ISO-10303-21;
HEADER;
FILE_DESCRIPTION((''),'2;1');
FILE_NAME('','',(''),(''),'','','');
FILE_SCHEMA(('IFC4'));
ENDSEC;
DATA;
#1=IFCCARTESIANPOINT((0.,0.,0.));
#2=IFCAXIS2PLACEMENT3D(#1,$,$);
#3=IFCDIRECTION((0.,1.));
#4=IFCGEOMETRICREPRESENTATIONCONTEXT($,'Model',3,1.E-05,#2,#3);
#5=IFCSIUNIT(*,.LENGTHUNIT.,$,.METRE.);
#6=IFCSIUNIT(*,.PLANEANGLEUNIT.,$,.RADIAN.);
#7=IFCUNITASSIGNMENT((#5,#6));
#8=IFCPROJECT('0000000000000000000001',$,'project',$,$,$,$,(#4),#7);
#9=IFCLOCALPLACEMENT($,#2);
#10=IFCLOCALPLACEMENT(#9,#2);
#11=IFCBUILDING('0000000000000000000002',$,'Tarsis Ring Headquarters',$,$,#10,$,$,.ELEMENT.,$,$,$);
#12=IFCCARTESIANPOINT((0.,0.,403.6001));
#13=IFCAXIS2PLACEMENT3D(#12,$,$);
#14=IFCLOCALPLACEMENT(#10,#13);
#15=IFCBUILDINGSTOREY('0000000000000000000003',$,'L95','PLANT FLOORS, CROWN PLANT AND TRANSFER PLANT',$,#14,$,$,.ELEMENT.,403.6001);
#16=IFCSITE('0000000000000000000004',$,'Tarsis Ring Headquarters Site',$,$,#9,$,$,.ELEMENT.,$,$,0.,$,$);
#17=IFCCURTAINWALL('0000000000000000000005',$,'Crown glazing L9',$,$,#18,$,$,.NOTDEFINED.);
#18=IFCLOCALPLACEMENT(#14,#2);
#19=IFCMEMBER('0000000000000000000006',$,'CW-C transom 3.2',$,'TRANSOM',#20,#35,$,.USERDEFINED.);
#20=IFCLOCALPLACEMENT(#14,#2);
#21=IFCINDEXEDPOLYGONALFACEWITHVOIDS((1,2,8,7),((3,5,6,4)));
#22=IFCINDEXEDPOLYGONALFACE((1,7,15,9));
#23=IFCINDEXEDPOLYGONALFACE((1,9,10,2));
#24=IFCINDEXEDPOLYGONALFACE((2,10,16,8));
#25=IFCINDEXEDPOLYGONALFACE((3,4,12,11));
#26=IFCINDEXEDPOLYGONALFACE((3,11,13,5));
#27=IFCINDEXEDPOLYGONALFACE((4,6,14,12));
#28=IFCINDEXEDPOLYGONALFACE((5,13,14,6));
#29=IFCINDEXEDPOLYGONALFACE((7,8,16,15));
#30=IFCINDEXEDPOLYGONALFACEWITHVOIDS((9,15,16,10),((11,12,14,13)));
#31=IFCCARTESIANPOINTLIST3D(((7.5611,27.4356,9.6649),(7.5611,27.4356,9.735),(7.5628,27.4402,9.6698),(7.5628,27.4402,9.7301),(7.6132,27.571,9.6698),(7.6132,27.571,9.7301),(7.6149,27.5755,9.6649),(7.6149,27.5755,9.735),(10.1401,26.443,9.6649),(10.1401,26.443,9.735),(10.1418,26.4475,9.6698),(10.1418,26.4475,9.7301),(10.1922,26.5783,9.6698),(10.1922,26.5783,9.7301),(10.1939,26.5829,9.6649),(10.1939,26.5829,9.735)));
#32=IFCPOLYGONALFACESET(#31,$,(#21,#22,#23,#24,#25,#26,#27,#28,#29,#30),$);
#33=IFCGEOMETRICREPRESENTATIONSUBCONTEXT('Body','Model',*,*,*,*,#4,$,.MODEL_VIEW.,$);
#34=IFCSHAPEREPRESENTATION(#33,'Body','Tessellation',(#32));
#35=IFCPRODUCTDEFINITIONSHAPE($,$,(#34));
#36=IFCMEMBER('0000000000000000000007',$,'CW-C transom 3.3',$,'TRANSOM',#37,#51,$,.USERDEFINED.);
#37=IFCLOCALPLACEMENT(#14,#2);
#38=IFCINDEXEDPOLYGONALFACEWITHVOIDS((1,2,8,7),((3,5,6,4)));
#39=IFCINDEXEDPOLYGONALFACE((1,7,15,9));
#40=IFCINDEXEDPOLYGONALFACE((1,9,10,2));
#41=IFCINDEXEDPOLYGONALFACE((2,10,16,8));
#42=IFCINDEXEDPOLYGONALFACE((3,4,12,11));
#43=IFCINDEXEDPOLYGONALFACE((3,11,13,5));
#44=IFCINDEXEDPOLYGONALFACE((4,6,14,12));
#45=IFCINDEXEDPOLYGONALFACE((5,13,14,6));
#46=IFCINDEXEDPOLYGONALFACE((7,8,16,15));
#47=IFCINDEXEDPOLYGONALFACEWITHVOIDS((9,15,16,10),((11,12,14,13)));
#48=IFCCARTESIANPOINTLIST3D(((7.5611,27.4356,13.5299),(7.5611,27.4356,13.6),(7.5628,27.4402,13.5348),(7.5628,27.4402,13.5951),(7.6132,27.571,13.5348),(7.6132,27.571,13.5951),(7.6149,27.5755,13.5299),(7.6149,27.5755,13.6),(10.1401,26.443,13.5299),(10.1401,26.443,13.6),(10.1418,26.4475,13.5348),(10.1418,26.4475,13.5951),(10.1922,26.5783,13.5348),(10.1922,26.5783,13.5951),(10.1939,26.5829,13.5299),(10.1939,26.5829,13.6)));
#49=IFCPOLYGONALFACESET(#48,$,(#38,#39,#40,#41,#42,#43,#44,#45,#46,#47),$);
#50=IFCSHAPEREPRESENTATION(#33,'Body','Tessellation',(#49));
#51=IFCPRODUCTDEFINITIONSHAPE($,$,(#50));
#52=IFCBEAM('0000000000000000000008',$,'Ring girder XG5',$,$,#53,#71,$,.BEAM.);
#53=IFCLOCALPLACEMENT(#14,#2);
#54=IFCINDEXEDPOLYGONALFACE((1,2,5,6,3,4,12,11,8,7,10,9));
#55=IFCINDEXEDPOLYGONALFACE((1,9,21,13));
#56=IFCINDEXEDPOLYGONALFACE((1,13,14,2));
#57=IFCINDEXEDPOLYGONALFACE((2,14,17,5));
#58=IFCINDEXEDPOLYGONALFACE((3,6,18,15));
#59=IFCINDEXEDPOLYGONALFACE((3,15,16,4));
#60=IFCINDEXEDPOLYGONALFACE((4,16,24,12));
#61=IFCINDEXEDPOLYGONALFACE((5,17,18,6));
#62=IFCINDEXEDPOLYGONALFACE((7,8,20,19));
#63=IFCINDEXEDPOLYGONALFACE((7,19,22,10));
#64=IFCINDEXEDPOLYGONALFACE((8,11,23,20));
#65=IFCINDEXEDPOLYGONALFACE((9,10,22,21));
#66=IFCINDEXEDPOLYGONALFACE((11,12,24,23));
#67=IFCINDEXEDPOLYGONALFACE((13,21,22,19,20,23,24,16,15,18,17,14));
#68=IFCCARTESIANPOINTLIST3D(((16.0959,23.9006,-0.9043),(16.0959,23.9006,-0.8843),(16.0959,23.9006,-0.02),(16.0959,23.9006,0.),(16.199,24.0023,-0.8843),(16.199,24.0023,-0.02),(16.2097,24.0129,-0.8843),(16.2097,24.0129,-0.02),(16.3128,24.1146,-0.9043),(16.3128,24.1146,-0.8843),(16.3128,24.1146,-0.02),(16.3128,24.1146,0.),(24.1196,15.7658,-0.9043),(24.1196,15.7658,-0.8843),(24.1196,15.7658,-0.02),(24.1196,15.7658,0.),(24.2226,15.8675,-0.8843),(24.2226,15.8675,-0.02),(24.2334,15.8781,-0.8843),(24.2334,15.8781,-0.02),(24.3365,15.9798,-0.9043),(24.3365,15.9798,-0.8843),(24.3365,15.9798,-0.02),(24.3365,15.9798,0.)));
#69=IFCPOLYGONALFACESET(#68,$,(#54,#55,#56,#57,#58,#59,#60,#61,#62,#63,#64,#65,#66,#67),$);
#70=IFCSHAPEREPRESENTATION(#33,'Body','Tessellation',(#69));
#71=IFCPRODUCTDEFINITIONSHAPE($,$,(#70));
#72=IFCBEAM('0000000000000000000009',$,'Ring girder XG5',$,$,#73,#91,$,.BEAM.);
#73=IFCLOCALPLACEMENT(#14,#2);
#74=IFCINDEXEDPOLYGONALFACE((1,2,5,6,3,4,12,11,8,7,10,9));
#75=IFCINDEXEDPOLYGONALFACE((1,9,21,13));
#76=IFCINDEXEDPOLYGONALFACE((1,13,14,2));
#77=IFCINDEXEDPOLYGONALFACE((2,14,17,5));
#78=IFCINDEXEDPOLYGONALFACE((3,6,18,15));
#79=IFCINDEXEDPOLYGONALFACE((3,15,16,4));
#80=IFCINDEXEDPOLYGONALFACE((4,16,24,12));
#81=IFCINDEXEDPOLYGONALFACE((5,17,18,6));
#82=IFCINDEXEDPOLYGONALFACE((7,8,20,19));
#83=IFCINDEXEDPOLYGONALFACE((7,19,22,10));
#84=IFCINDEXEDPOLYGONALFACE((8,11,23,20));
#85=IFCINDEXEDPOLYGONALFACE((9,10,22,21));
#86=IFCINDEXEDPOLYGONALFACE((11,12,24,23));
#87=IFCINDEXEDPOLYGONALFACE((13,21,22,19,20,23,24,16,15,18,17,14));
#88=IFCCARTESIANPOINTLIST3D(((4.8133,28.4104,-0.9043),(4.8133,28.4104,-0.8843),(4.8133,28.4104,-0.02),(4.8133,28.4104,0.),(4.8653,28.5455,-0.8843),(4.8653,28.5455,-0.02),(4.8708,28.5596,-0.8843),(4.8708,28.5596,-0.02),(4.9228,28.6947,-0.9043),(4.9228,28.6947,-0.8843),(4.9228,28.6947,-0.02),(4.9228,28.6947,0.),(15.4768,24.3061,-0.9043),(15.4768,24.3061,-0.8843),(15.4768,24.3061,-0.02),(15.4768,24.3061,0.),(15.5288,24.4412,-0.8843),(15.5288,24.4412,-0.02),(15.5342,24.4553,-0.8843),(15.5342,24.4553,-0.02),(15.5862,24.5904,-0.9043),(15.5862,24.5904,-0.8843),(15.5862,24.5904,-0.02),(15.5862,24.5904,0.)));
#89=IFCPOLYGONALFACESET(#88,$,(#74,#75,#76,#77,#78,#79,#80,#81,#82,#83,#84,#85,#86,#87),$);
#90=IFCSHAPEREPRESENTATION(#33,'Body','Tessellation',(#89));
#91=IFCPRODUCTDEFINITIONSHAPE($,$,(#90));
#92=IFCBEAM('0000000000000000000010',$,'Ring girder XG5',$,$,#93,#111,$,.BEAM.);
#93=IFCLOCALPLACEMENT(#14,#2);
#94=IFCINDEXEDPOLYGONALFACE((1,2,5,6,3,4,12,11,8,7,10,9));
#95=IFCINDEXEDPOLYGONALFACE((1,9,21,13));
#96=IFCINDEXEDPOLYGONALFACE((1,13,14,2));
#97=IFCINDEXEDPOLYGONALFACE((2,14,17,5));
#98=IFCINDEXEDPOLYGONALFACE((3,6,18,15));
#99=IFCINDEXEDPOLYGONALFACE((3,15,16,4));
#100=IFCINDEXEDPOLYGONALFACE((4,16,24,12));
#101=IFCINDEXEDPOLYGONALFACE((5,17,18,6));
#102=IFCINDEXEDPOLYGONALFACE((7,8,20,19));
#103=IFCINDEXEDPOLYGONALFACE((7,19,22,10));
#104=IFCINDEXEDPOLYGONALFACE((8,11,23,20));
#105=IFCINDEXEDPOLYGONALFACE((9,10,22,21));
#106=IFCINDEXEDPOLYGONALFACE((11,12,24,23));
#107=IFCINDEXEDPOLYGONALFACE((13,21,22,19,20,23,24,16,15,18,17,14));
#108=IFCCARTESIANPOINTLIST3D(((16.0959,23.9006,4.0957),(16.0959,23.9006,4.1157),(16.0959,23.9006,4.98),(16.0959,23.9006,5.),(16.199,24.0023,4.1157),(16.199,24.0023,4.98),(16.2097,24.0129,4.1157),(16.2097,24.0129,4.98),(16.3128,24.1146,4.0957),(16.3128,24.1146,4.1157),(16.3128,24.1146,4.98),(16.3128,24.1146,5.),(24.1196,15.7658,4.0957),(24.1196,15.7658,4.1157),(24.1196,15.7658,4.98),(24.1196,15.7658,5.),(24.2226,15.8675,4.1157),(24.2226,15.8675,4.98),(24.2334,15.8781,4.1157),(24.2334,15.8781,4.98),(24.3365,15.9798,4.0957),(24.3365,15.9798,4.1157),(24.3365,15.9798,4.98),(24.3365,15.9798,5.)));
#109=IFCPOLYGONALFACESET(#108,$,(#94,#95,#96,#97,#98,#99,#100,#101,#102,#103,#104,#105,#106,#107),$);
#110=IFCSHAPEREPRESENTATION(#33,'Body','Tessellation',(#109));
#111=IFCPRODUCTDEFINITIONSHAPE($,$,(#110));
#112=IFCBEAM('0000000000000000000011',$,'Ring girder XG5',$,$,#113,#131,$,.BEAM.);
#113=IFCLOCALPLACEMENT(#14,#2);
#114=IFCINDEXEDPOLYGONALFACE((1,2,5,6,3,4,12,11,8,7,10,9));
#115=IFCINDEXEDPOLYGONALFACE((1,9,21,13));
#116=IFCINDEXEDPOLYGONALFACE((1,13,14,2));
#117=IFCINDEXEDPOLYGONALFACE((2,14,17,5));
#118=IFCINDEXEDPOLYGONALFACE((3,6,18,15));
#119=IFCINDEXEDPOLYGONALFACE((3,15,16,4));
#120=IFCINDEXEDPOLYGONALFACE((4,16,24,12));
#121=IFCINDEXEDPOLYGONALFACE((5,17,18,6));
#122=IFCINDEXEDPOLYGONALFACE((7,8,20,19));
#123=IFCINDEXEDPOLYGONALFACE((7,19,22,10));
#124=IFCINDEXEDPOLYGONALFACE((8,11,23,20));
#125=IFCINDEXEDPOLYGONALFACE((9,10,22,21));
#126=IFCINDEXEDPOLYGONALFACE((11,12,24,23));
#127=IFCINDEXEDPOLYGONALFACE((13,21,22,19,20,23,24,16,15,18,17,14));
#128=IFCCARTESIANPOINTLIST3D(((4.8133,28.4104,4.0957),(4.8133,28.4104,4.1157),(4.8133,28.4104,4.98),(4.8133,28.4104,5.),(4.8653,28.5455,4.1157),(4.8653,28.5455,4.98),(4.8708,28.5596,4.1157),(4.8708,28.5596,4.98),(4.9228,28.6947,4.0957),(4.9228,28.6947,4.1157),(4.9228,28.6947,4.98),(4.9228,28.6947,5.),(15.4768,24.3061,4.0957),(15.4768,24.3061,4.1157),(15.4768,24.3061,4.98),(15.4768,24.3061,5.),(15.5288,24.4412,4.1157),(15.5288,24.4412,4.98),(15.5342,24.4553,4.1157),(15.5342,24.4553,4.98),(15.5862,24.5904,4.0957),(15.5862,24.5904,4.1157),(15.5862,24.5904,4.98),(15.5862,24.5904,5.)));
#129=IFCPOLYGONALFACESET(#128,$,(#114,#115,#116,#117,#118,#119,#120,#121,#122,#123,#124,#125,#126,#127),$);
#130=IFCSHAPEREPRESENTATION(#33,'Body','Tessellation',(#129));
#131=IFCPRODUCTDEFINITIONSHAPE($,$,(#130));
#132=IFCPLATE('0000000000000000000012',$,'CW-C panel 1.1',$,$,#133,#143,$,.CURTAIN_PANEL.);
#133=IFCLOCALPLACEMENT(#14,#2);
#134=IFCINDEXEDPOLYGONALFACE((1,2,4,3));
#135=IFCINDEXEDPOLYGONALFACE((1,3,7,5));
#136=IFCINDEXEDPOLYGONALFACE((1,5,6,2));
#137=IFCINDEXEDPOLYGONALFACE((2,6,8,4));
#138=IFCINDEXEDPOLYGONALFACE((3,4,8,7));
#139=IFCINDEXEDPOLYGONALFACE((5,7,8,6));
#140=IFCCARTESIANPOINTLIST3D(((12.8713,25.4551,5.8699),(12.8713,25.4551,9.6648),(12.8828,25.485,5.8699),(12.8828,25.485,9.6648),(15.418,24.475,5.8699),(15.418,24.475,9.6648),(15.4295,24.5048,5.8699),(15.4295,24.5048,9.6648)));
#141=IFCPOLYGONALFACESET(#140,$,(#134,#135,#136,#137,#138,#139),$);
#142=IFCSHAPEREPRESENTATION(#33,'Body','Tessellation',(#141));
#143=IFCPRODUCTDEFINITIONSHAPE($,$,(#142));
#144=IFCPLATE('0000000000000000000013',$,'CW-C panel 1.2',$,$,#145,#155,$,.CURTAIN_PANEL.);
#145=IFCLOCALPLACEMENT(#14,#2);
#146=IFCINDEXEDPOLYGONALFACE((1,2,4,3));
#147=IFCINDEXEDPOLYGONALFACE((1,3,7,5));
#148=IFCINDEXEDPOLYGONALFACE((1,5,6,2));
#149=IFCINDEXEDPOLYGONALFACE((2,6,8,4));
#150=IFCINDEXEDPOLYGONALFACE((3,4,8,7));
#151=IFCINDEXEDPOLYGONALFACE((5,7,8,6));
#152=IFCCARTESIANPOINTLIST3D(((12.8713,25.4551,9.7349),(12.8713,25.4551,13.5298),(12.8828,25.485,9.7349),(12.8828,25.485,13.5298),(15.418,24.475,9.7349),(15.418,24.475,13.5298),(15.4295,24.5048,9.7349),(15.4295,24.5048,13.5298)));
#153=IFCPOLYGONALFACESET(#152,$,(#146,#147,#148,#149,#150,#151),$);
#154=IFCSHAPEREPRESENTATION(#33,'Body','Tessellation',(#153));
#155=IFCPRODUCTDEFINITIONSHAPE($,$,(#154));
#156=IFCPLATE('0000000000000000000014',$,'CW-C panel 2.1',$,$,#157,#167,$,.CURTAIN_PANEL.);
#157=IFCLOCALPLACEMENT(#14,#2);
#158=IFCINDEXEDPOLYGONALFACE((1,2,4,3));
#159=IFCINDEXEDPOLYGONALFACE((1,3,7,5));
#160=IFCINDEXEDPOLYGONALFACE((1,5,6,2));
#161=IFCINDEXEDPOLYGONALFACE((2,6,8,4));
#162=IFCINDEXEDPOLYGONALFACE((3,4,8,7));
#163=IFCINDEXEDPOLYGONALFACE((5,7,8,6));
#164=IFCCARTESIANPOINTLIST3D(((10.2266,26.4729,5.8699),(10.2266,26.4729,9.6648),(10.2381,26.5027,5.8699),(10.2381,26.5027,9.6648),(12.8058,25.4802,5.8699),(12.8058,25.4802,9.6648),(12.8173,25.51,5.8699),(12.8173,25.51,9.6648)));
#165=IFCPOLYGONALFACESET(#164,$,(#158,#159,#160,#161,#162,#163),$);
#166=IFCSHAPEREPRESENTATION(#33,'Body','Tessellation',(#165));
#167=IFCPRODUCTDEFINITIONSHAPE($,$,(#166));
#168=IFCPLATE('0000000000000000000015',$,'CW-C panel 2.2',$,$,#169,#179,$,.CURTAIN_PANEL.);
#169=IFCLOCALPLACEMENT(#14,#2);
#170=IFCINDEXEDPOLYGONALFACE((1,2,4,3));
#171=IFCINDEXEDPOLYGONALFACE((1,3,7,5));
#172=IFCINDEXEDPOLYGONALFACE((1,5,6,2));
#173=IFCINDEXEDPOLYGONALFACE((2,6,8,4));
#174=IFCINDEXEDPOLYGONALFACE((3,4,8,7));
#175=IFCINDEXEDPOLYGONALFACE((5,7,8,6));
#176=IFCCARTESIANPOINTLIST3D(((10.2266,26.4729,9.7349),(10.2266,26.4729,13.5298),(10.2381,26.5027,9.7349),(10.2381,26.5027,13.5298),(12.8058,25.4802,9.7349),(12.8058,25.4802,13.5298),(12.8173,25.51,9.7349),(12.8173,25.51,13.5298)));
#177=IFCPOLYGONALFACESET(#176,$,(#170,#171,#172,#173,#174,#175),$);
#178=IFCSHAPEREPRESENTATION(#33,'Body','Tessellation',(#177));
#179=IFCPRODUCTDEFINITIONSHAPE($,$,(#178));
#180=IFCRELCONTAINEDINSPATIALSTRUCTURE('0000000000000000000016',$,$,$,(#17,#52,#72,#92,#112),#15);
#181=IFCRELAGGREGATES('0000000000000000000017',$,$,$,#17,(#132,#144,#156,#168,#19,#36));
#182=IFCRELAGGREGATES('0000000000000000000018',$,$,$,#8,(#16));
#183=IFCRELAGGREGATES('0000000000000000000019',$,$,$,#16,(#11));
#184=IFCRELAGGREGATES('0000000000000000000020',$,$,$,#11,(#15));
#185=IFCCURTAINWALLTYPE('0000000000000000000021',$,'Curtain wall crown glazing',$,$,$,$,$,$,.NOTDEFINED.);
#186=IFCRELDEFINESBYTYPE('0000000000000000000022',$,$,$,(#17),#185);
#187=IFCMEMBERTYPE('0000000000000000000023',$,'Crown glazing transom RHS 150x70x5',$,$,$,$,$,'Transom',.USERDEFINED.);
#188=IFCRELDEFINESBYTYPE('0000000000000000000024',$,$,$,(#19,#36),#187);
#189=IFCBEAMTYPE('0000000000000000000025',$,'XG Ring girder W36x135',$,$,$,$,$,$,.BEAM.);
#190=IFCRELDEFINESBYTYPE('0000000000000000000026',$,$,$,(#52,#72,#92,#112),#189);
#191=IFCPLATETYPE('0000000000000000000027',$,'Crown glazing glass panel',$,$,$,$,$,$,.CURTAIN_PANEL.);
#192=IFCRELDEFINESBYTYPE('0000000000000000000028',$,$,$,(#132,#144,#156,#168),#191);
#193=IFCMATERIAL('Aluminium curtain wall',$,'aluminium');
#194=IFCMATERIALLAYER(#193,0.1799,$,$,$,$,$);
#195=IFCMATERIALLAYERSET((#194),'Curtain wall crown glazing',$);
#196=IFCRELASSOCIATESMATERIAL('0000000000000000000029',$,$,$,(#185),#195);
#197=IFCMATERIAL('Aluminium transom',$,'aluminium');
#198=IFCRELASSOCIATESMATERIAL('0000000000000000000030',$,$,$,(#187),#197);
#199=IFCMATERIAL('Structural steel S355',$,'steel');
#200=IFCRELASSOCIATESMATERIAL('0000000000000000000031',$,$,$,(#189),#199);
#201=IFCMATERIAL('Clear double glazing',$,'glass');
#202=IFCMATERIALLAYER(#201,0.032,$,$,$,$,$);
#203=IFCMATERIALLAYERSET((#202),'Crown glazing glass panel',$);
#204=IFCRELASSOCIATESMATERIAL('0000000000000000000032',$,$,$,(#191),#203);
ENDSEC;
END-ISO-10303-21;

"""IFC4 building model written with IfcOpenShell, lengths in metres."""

from ifc_helpers import new_model, si_unit, direction, frame, origin, origin_2d, place, context, subcontext, project, spatial, rectangle, hollow_rectangle, i_section, extrude, material, layer, layer_set, material_profile, profile_set, type_object, element, aggregate, save


model = new_model("IFC4")

# Units and contexts
model_context = context("Model", 3, precision=1e-05, world=origin(), true_north=direction((0.0, 1.0)))
body_context = subcontext(model_context, "Body", "Model", "MODEL_VIEW")
ifc_project = project(units=[si_unit("LENGTHUNIT", "METRE"), si_unit("PLANEANGLEUNIT", "RADIAN")], contexts=[model_context])

# Site, building, storey
site_placement = place(None, origin())
site = spatial("IfcSite", under=ifc_project, at=site_placement, Name="Tarsis Ring Headquarters Site", CompositionType="ELEMENT", RefElevation=0.0)
building_placement = place(site_placement, origin())
building = spatial("IfcBuilding", under=site, at=building_placement, Name="Tarsis Ring Headquarters", CompositionType="ELEMENT")
storey_placement = place(building_placement, frame((0.0, 0.0, 403.6001)))
storey = spatial("IfcBuildingStorey", under=building, at=storey_placement, Name="L95", Description="PLANT FLOORS, CROWN PLANT AND TRANSFER PLANT", CompositionType="ELEMENT", Elevation=403.6001)

# Shared definitions
ifc_material_1 = material(Name="Structural steel S355", Category="steel")

# Curtain wall, members
ifc_material_2 = material(Name="Aluminium curtain wall", Category="aluminium")
ifc_layer_1 = layer(ifc_material_2, 0.1799)
ifc_layer_set_1 = layer_set([ifc_layer_1], Name="Curtain wall crown glazing")
curtain_wall_type = type_object("IfcCurtainWallType", Name="Curtain wall crown glazing", PredefinedType="NOTDEFINED", material=ifc_layer_set_1)
curtain_wall_placement = place(storey_placement, origin())
curtain_wall = element("IfcCurtainWall", 1, at=curtain_wall_placement, inside=storey, type_object=curtain_wall_type, Name="Crown glazing L9", PredefinedType="NOTDEFINED")
ifc_material_3 = material(Name="Aluminium transom", Category="aluminium")
ifc_material_profile_1 = material_profile(ifc_material_3, hollow_rectangle(XDim=0.1499, YDim=0.0701, WallThickness=0.0049, at=origin_2d()), Name="RHS 150x70x5")
ifc_profile_set_1 = profile_set([ifc_material_profile_1], Name="Aluminium transom")
member_type_1 = type_object("IfcMemberType", Name="Crown glazing transom RHS 150x70x5", ElementType="Transom", PredefinedType="USERDEFINED", material=ifc_profile_set_1)
member_1_placement = place(storey_placement, frame((10.167, 26.5129, 9.7), z_axis=(-0.933259, 0.359204, 0.0), x_axis=(-0.359204, -0.933259, 0.0)))
member_1 = element("IfcMember", 2, at=member_1_placement, type_object=member_type_1, Name="CW-C transom 3.2", ObjectType="TRANSOM", PredefinedType="USERDEFINED", context=body_context, shape_type="SweptSolid", body=[
    extrude(hollow_rectangle(XDim=0.1499, YDim=0.0701, WallThickness=0.0049, at=origin_2d()), origin(), (0.0, 0.0, 1.0), 2.7634),
])
member_2_placement = place(storey_placement, frame((10.167, 26.5129, 13.5649), z_axis=(-0.933259, 0.359204, 0.0), x_axis=(-0.359204, -0.933259, 0.0)))
member_2 = element("IfcMember", 3, at=member_2_placement, type_object=member_type_1, Name="CW-C transom 3.3", ObjectType="TRANSOM", PredefinedType="USERDEFINED", context=body_context, shape_type="SweptSolid", body=[
    extrude(hollow_rectangle(XDim=0.1499, YDim=0.0701, WallThickness=0.0049, at=origin_2d()), origin(), (0.0, 0.0, 1.0), 2.7634),
])

# Beams
ifc_material_profile_2 = material_profile(ifc_material_1, i_section(OverallWidth=0.3047, OverallDepth=0.9043, WebThickness=0.0151, FlangeThickness=0.02, at=origin_2d()), Name="W36x135")
ifc_profile_set_2 = profile_set([ifc_material_profile_2], Name="Structural steel S355")
beam_type_1 = type_object("IfcBeamType", Name="XG Ring girder W36x135", PredefinedType="BEAM", material=ifc_profile_set_2)
for number, where, z_axis, x_axis, name in (
    (4, (24.228, 15.8728, -0.4521), (-0.702229, 0.711951, 0.0), (-0.711951, -0.702229, 0.0), "Ring girder XG5"),
    (5, (15.5315, 24.4482, -0.4521), (-0.933259, 0.359205, 0.0), (-0.359205, -0.933259, 0.0), "Ring girder XG5"),
    (6, (24.228, 15.8728, 4.5479), (-0.702229, 0.711951, 0.0), (-0.711951, -0.702229, 0.0), "Ring girder XG5"),
    (7, (15.5315, 24.4482, 4.5479), (-0.933259, 0.359205, 0.0), (-0.359205, -0.933259, 0.0), "Ring girder XG5"),
):
    element("IfcBeam", number, at=place(storey_placement, frame(where, z_axis=z_axis, x_axis=x_axis)), inside=storey, type_object=beam_type_1, Name=name, PredefinedType="BEAM", context=body_context, shape_type="SweptSolid", body=[
        extrude(i_section(OverallWidth=0.3047, OverallDepth=0.9043, WebThickness=0.0151, FlangeThickness=0.02, at=origin_2d()), origin(), (0.0, 0.0, 1.0), 11.426),
    ])

# Plates
ifc_material_4 = material(Name="Clear double glazing", Category="glass")
ifc_layer_2 = layer(ifc_material_4, 0.032)
ifc_layer_set_2 = layer_set([ifc_layer_2], Name="Crown glazing glass panel")
plate_type = type_object("IfcPlateType", Name="Crown glazing glass panel", PredefinedType="CURTAIN_PANEL", material=ifc_layer_set_2)
plate_1_placement = place(storey_placement, frame((14.1504, 24.98, 5.8699), z_axis=(0.0, 0.0, 1.0), x_axis=(-0.93326, 0.359203, 0.0)))
plate_1 = element("IfcPlate", 8, at=plate_1_placement, type_object=plate_type, Name="CW-C panel 1.1", PredefinedType="CURTAIN_PANEL", context=body_context, shape_type="SweptSolid", body=[
    extrude(rectangle(XDim=2.7288, YDim=0.032, at=origin_2d()), origin(), (0.0, 0.0, 1.0), 3.7949),
])
plate_2_placement = place(storey_placement, frame((14.1504, 24.98, 9.7349), z_axis=(0.0, 0.0, 1.0), x_axis=(-0.93326, 0.359203, 0.0)))
plate_2 = element("IfcPlate", 9, at=plate_2_placement, type_object=plate_type, Name="CW-C panel 1.2", PredefinedType="CURTAIN_PANEL", context=body_context, shape_type="SweptSolid", body=[
    extrude(rectangle(XDim=2.7288, YDim=0.032, at=origin_2d()), origin(), (0.0, 0.0, 1.0), 3.7949),
])
plate_3_placement = place(storey_placement, frame((11.522, 25.9915, 5.8699), z_axis=(0.0, 0.0, 1.0), x_axis=(-0.93326, 0.359203, 0.0)))
plate_3 = element("IfcPlate", 10, at=plate_3_placement, type_object=plate_type, Name="CW-C panel 2.1", PredefinedType="CURTAIN_PANEL", context=body_context, shape_type="SweptSolid", body=[
    extrude(rectangle(XDim=2.7637, YDim=0.032, at=origin_2d()), origin(), (0.0, 0.0, 1.0), 3.7949),
])
plate_4_placement = place(storey_placement, frame((11.522, 25.9915, 9.7349), z_axis=(0.0, 0.0, 1.0), x_axis=(-0.93326, 0.359203, 0.0)))
plate_4 = element("IfcPlate", 11, at=plate_4_placement, type_object=plate_type, Name="CW-C panel 2.2", PredefinedType="CURTAIN_PANEL", context=body_context, shape_type="SweptSolid", body=[
    extrude(rectangle(XDim=2.7637, YDim=0.032, at=origin_2d()), origin(), (0.0, 0.0, 1.0), 3.7949),
])
aggregate(curtain_wall, [plate_1, plate_2, plate_3, plate_4, member_1, member_2])

save(model, "model.ifc")
